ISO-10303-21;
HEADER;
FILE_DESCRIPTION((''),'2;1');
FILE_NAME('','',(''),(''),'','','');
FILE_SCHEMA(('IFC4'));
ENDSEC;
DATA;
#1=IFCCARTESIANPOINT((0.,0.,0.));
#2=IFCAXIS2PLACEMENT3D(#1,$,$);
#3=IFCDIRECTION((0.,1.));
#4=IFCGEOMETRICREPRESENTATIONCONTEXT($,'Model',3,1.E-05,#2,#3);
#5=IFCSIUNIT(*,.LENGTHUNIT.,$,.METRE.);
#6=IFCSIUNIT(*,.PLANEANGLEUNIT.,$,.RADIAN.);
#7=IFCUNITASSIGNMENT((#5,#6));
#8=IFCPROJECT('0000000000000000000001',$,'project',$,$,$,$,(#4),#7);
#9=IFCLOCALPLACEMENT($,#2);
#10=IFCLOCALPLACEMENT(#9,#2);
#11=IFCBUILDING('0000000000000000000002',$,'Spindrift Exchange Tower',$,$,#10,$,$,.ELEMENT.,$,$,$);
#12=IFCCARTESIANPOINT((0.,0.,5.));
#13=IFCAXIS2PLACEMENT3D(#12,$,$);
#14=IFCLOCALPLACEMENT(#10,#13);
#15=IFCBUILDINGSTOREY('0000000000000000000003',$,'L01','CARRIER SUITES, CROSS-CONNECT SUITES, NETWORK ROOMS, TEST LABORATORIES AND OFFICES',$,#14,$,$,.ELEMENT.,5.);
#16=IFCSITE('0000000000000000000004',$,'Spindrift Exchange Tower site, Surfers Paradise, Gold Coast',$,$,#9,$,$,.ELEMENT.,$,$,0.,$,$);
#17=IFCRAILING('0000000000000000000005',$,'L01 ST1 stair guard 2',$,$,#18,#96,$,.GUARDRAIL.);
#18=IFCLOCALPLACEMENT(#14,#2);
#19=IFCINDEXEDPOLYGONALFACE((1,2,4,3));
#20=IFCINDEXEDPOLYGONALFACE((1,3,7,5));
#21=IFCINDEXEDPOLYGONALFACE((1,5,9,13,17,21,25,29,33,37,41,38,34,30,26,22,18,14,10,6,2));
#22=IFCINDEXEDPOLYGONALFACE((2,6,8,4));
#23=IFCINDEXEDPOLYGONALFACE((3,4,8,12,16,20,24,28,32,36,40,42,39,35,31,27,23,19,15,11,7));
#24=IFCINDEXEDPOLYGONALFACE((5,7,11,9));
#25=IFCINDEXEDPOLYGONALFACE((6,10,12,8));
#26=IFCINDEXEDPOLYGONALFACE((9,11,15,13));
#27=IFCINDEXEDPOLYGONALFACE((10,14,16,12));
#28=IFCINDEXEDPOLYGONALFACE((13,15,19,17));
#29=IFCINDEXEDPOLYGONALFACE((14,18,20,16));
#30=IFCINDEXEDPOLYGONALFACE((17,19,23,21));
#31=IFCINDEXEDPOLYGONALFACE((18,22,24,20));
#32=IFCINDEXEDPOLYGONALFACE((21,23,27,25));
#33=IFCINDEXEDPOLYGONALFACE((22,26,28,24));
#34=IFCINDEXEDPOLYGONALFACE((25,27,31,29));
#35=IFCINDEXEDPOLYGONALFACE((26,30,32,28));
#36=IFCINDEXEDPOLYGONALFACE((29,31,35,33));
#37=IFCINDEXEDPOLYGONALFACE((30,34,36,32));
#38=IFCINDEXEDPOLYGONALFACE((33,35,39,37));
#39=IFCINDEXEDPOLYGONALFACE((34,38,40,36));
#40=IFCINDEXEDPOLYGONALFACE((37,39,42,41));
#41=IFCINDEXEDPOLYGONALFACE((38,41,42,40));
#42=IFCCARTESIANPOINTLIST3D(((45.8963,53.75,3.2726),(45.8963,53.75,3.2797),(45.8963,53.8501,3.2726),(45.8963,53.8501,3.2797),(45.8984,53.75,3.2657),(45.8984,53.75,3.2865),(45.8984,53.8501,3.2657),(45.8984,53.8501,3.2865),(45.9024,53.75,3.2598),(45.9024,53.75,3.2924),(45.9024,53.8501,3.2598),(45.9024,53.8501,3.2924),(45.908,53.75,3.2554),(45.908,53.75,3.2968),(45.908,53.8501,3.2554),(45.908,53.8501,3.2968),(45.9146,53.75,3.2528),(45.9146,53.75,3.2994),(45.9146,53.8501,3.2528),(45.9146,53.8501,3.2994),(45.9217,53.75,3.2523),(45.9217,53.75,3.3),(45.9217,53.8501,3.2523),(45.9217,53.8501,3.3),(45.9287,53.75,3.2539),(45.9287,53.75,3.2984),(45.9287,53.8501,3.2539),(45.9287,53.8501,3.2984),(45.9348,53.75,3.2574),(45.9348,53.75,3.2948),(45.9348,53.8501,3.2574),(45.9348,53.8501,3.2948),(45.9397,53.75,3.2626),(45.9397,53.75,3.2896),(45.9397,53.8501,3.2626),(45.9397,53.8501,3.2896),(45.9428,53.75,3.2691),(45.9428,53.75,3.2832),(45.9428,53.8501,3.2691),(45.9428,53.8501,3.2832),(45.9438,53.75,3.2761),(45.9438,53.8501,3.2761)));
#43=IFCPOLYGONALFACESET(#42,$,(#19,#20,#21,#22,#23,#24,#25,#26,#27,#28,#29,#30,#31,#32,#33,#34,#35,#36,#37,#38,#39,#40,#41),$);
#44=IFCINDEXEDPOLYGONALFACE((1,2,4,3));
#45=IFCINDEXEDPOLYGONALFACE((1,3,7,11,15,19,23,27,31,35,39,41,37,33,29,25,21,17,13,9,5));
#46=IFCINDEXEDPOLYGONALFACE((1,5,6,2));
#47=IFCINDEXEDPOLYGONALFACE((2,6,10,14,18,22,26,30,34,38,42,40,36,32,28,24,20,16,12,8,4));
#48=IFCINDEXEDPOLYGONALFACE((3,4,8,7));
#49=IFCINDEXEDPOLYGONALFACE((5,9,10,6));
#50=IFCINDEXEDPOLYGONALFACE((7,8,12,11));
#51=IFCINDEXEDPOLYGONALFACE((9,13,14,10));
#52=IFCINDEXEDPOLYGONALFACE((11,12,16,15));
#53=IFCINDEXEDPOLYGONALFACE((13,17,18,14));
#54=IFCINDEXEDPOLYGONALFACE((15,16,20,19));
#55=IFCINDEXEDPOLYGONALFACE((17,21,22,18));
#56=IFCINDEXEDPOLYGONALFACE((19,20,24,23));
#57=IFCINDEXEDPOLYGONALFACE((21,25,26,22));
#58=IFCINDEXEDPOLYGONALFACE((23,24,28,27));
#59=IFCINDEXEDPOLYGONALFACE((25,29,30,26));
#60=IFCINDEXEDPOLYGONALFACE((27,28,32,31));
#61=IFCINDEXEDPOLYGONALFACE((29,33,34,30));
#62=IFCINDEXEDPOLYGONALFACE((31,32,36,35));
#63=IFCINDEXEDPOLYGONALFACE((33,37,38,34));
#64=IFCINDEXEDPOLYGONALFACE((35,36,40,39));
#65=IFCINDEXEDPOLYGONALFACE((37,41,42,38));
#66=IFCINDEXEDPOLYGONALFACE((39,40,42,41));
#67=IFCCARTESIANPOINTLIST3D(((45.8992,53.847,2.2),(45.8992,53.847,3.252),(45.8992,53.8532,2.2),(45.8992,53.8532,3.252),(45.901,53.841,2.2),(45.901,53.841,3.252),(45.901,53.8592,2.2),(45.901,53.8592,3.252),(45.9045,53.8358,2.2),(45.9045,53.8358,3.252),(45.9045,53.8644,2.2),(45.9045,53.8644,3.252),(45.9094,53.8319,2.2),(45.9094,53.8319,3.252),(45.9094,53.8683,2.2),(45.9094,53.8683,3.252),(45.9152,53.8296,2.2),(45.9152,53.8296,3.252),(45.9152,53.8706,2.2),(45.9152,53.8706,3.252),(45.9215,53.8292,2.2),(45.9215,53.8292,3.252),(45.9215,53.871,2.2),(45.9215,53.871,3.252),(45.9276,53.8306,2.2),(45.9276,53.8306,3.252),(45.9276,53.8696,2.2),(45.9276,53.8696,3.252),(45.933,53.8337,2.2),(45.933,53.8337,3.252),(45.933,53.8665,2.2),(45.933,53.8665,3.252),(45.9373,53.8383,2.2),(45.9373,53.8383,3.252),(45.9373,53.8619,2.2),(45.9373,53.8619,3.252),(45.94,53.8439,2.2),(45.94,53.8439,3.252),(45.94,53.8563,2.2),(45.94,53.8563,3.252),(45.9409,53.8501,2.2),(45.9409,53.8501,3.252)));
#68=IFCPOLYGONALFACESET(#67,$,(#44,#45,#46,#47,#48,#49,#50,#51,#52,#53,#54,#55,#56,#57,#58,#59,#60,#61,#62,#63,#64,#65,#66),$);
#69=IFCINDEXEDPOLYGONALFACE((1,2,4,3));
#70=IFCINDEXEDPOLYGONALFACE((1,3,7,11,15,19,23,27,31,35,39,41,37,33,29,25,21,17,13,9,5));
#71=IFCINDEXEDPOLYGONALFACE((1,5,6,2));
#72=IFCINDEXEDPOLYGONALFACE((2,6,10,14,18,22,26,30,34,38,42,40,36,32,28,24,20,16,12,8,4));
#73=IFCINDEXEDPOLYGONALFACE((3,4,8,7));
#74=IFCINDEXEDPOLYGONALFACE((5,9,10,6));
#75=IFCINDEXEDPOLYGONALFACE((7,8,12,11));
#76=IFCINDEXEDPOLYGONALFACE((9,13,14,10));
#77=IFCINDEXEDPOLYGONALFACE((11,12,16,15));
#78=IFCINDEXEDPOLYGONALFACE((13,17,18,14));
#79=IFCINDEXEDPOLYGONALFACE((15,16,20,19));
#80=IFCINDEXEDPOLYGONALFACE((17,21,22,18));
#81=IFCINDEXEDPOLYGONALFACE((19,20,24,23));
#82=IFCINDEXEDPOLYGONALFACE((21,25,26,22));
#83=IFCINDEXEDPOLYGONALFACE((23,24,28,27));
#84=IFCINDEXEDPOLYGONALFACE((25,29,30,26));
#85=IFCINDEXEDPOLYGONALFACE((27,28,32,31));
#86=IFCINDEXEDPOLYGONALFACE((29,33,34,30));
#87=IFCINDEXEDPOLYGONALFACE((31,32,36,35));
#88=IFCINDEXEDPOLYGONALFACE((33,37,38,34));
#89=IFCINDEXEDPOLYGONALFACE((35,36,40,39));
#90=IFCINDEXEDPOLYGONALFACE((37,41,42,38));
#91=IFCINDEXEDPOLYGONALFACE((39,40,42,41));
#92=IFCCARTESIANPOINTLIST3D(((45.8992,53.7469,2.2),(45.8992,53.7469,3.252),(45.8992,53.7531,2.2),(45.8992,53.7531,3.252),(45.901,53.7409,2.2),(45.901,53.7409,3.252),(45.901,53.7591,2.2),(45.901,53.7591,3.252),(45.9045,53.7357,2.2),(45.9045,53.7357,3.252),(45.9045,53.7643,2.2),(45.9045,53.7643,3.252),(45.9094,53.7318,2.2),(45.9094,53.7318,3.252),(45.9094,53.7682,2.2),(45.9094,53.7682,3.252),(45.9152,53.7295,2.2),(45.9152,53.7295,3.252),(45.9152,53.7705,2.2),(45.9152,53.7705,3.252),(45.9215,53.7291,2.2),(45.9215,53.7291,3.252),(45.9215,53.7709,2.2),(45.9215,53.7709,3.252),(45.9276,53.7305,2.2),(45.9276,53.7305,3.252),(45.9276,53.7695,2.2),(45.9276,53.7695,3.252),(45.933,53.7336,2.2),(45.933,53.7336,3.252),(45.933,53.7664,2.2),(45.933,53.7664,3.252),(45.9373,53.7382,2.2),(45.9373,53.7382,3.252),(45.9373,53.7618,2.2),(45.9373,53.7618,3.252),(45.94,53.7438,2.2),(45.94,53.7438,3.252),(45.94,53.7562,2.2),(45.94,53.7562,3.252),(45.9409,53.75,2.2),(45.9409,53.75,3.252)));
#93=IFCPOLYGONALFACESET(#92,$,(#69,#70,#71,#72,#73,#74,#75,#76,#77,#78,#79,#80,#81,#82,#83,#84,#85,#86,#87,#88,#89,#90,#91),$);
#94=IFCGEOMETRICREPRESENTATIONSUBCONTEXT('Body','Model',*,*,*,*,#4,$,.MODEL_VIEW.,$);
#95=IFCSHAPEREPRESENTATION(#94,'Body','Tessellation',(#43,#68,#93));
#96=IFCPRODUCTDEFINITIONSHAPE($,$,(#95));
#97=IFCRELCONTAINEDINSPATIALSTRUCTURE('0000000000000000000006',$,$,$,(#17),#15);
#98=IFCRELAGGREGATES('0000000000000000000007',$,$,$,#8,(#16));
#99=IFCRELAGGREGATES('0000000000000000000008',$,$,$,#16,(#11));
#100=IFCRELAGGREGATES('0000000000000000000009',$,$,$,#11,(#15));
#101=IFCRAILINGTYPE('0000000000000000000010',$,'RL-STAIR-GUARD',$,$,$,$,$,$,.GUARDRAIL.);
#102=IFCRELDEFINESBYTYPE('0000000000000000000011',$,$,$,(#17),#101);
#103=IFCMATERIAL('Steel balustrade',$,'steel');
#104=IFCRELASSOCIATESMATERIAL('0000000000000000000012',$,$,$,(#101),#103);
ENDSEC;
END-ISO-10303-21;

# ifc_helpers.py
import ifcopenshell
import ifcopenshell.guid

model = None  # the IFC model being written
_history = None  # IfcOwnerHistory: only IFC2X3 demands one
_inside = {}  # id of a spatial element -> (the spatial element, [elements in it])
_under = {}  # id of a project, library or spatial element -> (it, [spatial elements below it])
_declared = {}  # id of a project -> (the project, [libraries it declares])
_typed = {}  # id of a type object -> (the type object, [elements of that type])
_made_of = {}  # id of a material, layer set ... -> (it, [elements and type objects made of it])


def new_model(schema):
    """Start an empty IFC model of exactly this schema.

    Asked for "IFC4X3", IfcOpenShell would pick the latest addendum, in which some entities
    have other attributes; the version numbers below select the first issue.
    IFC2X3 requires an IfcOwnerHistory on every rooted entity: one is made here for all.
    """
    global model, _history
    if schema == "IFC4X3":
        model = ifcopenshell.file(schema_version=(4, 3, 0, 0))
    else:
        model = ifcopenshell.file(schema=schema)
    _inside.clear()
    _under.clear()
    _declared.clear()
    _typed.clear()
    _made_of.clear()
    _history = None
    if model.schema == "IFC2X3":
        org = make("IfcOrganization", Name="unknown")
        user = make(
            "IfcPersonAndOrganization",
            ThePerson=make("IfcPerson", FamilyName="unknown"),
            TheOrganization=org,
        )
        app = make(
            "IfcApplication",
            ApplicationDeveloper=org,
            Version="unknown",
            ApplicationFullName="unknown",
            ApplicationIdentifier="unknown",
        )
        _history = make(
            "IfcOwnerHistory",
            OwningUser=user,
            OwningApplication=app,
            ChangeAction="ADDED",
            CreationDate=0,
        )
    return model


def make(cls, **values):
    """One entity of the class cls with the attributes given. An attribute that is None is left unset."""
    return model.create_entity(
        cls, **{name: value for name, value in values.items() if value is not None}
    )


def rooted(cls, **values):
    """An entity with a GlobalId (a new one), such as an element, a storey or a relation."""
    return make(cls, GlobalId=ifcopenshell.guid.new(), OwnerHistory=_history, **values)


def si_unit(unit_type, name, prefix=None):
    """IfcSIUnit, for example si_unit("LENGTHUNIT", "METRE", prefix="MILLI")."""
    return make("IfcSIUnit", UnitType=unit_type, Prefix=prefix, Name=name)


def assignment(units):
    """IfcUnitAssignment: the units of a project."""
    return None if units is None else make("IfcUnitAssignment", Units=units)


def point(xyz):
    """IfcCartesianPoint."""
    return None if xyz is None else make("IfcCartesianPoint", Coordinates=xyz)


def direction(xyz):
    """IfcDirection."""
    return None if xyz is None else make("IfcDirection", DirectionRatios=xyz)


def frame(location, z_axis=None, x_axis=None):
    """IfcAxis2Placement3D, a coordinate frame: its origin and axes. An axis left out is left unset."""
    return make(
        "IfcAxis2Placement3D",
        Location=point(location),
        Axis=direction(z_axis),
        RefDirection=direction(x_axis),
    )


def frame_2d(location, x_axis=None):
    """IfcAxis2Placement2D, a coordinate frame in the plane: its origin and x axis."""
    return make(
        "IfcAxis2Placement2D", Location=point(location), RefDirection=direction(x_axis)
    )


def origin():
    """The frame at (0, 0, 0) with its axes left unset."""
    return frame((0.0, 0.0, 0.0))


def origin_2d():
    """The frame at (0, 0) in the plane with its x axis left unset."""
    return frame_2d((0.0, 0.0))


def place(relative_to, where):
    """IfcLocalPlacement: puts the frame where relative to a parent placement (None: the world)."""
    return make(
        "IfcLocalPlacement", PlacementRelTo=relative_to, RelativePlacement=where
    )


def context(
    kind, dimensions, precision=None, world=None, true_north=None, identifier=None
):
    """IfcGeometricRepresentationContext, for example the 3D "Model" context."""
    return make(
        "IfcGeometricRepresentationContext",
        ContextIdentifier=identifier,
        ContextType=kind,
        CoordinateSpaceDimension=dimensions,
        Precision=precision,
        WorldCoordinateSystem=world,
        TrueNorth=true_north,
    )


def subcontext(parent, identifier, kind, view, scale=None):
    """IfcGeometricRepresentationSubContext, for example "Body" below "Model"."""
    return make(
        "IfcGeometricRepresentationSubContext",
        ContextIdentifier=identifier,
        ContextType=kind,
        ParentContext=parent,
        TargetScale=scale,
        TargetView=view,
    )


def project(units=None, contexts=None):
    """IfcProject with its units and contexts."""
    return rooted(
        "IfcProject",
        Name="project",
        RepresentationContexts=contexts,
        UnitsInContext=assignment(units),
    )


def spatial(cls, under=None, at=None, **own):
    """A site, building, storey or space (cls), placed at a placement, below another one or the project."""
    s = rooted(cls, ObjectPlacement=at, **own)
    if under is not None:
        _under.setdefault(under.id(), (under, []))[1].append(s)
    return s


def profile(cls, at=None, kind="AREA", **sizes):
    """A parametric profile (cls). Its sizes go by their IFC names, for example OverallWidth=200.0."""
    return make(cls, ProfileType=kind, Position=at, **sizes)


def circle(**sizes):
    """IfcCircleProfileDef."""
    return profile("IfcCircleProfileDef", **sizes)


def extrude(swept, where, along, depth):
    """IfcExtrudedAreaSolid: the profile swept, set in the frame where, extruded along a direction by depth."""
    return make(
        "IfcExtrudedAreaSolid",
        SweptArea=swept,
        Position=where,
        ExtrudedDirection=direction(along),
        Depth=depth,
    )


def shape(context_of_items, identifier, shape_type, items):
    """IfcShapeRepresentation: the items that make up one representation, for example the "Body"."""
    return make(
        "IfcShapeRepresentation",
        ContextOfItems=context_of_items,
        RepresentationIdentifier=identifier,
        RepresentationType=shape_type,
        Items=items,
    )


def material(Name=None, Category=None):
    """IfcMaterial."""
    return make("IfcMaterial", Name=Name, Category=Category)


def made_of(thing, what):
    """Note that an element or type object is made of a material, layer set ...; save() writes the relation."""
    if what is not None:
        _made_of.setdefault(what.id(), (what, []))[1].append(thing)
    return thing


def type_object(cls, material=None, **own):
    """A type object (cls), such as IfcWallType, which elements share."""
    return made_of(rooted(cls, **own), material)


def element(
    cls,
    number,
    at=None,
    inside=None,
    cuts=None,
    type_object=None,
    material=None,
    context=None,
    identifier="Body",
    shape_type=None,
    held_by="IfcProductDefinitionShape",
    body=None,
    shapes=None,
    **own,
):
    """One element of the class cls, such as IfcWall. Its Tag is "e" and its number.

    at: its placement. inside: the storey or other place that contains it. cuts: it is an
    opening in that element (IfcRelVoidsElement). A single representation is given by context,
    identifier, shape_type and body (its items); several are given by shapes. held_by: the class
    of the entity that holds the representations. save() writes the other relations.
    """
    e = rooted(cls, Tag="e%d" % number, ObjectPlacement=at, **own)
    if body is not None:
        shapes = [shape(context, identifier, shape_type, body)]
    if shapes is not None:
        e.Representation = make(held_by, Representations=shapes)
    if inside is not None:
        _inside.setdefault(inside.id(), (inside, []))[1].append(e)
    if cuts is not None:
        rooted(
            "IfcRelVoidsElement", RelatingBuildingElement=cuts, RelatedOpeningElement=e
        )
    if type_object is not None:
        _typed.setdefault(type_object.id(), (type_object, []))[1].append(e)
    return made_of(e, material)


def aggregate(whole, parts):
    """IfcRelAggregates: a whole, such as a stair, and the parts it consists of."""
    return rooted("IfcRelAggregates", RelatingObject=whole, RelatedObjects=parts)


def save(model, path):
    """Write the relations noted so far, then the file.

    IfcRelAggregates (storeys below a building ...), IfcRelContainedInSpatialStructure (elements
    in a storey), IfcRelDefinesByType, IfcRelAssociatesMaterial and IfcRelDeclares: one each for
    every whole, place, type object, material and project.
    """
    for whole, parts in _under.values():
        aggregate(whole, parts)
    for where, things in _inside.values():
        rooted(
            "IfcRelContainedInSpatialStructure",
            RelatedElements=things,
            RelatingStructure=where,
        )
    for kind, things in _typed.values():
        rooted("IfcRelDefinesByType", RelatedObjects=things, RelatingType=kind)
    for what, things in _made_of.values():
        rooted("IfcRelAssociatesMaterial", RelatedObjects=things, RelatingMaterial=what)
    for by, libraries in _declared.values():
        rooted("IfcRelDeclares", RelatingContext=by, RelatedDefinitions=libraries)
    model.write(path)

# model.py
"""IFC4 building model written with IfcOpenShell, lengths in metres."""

from ifc_helpers import new_model, si_unit, direction, frame, origin, origin_2d, place, context, subcontext, project, spatial, circle, extrude, material, type_object, element, save


model = new_model("IFC4")

# Units and contexts
model_context = context("Model", 3, precision=1e-05, world=origin(), true_north=direction((0.0, 1.0)))
body_context = subcontext(model_context, "Body", "Model", "MODEL_VIEW")
ifc_project = project(units=[si_unit("LENGTHUNIT", "METRE"), si_unit("PLANEANGLEUNIT", "RADIAN")], contexts=[model_context])

# Site, building, storey
site_placement = place(None, origin())
site = spatial("IfcSite", under=ifc_project, at=site_placement, Name="Spindrift Exchange Tower site, Surfers Paradise, Gold Coast", CompositionType="ELEMENT", RefElevation=0.0)
building_placement = place(site_placement, origin())
building = spatial("IfcBuilding", under=site, at=building_placement, Name="Spindrift Exchange Tower", CompositionType="ELEMENT")
storey_placement = place(building_placement, frame((0.0, 0.0, 5.0)))
storey = spatial("IfcBuildingStorey", under=building, at=storey_placement, Name="L01", Description="CARRIER SUITES, CROSS-CONNECT SUITES, NETWORK ROOMS, TEST LABORATORIES AND OFFICES", CompositionType="ELEMENT", Elevation=5.0)

# Railing
ifc_material_1 = material(Name="Steel balustrade", Category="steel")
railing_type_1 = type_object("IfcRailingType", Name="RL-STAIR-GUARD", PredefinedType="GUARDRAIL", material=ifc_material_1)
railing_1_placement = place(storey_placement, frame((45.9199, 53.8501, 2.2)))
element("IfcRailing", 1, at=railing_1_placement, inside=storey, type_object=railing_type_1, Name="L01 ST1 stair guard 2", PredefinedType="GUARDRAIL", context=body_context, shape_type="SweptSolid", body=[
    extrude(circle(Radius=0.0239, at=origin_2d()), frame((0.0, 0.0, 1.0762), z_axis=(0.0, -1.0, 0.0), x_axis=(1.0, 0.0, 0.0)), (0.0, 0.0, 1.0), 0.1001),
    extrude(circle(Radius=0.021, at=origin_2d()), origin(), (0.0, 0.0, 1.0), 1.052),
    extrude(circle(Radius=0.021, at=origin_2d()), frame((0.0, -0.1001, 0.0)), (0.0, 0.0, 1.0), 1.052),
])

save(model, "model.ifc")
